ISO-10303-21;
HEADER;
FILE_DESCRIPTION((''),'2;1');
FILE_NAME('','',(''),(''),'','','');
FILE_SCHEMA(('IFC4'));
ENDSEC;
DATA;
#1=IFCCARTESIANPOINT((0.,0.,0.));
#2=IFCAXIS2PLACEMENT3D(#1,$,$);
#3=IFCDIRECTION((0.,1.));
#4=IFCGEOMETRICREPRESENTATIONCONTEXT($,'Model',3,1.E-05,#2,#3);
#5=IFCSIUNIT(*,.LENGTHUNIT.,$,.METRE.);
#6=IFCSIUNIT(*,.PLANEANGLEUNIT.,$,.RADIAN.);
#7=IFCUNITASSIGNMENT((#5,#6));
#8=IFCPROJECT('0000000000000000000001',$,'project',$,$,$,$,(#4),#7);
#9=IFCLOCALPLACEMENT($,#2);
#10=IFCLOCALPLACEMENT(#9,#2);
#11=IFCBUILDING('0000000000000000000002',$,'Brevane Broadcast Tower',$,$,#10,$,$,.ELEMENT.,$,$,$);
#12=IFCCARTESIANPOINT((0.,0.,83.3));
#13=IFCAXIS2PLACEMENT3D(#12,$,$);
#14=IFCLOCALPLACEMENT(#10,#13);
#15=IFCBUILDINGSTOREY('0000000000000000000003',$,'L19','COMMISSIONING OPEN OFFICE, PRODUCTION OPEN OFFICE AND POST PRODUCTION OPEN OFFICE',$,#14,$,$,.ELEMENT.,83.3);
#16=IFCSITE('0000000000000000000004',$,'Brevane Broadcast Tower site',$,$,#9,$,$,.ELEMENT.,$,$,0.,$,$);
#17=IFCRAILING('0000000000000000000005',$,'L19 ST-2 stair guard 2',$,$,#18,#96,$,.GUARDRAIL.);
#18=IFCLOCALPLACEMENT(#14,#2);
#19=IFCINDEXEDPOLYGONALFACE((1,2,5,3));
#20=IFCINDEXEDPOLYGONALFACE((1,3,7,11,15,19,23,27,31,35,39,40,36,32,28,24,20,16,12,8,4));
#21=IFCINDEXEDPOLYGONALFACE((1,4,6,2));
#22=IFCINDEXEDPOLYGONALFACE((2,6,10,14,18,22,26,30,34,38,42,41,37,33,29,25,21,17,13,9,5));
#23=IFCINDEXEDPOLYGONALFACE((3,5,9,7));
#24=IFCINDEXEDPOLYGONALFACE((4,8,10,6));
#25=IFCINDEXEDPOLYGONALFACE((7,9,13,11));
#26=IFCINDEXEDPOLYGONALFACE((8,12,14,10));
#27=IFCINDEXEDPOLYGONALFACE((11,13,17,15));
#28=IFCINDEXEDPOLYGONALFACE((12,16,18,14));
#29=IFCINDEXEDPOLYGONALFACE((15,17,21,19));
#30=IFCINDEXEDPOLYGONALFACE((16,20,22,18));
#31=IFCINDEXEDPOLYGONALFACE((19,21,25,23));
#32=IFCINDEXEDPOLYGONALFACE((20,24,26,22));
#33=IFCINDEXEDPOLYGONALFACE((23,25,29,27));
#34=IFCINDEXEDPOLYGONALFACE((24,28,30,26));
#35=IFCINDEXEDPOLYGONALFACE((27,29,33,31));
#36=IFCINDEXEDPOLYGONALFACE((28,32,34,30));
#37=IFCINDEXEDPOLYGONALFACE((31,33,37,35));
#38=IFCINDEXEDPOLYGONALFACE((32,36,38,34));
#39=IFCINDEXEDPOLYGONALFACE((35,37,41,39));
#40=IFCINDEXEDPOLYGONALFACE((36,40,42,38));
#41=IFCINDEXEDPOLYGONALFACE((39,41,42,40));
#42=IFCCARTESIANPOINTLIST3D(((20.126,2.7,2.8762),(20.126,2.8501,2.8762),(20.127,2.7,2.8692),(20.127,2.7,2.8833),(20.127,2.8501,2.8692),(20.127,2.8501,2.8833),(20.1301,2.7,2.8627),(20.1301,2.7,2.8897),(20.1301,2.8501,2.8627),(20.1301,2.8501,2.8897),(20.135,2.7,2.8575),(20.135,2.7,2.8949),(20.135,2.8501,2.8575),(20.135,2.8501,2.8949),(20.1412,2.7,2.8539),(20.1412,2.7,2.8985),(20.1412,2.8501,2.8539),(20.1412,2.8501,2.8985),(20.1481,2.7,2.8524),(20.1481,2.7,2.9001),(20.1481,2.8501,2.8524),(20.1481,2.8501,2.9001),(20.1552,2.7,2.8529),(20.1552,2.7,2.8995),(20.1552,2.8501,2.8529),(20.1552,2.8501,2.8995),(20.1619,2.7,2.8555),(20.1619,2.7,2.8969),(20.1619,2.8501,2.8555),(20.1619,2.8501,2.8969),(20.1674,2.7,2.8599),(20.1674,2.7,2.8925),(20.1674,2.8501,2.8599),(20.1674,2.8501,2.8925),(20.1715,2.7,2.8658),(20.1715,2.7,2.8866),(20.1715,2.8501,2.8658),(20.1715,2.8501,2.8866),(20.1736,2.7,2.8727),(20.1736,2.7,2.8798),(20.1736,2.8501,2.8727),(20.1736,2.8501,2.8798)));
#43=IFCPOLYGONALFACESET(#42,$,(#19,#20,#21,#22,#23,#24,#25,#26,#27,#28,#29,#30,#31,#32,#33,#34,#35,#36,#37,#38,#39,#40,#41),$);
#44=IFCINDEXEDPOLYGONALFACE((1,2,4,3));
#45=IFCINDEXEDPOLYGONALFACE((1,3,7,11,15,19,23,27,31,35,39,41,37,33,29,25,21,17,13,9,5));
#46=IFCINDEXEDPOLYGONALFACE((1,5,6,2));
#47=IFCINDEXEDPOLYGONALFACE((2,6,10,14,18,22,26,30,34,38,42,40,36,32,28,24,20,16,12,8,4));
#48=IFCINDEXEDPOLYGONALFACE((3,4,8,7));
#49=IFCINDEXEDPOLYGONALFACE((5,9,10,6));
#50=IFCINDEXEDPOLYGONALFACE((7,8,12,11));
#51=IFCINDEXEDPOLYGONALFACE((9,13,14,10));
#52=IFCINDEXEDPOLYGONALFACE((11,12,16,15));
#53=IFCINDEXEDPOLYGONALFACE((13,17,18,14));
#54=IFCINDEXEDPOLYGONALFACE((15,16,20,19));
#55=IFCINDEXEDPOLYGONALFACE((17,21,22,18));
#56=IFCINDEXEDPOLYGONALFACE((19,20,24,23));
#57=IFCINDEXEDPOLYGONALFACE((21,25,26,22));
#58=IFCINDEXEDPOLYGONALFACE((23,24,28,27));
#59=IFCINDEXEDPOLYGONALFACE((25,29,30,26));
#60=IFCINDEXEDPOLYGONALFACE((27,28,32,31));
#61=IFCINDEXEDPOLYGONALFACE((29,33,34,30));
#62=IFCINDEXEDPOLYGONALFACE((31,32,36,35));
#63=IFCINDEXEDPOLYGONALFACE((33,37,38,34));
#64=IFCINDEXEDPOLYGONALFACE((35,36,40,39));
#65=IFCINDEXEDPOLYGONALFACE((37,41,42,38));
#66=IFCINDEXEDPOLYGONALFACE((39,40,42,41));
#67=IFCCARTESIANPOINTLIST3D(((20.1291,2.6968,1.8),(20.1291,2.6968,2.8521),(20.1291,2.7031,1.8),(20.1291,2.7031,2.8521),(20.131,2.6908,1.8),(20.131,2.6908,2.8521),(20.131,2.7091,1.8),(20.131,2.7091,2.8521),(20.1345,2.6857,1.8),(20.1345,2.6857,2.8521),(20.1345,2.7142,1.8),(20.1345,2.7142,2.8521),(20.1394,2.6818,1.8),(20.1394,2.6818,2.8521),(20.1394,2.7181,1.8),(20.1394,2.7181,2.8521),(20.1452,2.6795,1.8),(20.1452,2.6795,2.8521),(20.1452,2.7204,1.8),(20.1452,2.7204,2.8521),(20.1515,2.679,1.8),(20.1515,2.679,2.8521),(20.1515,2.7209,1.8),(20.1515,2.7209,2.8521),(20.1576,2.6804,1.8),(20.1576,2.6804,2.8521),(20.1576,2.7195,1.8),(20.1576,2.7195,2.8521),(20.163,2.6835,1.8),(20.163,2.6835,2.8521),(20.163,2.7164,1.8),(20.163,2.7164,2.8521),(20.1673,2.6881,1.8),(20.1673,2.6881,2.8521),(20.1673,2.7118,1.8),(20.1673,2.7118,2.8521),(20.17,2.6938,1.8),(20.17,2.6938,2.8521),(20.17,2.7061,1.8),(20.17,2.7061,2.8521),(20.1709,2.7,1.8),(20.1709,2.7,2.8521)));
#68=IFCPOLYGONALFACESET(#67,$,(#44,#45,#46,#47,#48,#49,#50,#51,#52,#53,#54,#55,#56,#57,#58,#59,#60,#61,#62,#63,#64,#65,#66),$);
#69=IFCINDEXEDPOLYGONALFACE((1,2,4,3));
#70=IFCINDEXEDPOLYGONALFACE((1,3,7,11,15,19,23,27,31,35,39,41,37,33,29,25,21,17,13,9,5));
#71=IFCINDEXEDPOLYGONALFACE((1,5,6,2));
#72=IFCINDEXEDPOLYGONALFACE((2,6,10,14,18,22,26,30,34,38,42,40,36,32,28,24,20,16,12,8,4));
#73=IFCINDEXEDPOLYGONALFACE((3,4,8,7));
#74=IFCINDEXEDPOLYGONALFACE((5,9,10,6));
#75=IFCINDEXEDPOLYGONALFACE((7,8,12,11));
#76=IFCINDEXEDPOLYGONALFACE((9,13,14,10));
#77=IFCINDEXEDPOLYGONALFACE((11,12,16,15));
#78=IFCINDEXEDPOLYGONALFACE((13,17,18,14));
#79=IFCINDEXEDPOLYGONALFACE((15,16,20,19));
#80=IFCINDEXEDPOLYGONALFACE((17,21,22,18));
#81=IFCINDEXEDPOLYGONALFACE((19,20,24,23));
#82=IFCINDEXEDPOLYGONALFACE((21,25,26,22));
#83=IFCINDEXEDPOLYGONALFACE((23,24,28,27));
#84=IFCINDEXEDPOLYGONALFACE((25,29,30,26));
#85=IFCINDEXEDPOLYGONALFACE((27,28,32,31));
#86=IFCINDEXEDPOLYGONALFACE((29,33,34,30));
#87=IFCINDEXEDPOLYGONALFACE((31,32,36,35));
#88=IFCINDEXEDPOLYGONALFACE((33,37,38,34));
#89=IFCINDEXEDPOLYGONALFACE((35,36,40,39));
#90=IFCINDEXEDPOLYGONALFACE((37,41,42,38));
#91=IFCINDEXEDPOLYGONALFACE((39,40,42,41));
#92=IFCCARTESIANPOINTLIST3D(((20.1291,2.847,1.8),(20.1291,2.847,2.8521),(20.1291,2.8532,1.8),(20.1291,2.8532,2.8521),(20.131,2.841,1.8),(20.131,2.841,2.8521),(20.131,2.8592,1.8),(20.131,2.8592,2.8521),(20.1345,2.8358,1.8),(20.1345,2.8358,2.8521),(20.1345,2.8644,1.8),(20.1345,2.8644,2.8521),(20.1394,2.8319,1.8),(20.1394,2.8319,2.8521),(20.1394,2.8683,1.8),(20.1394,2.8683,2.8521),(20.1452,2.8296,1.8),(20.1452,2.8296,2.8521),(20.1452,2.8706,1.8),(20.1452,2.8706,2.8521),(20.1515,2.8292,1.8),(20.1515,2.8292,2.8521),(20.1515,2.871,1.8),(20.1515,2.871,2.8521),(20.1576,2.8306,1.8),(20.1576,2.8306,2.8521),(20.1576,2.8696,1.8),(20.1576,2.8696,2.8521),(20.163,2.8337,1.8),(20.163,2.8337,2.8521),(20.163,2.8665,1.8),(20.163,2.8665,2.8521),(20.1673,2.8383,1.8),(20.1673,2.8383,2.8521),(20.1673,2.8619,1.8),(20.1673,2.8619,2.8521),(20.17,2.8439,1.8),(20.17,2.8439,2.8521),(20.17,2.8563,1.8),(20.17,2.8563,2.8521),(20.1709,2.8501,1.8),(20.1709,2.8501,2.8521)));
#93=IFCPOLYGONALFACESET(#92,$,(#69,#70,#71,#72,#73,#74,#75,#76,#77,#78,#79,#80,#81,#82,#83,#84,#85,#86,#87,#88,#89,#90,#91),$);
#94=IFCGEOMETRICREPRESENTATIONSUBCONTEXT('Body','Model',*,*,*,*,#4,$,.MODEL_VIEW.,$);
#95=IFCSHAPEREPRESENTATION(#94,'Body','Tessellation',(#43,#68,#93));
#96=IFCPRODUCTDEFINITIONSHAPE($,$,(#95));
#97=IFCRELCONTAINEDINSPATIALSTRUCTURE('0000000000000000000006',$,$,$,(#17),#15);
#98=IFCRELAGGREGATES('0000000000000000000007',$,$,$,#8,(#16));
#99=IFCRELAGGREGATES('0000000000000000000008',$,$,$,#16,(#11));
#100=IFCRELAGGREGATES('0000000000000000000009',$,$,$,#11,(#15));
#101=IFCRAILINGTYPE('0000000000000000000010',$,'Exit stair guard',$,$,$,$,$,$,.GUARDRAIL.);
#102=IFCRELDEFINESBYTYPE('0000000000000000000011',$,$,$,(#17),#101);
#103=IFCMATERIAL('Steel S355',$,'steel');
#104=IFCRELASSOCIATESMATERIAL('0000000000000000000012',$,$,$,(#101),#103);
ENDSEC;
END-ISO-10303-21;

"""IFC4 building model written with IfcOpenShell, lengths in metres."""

from ifc_helpers import new_model, si_unit, direction, frame, origin, origin_2d, place, context, subcontext, project, spatial, circle, extrude, material, type_object, element, save


model = new_model("IFC4")

# Units and contexts
model_context = context("Model", 3, precision=1e-05, world=origin(), true_north=direction((0.0, 1.0)))
body_context = subcontext(model_context, "Body", "Model", "MODEL_VIEW")
ifc_project = project(units=[si_unit("LENGTHUNIT", "METRE"), si_unit("PLANEANGLEUNIT", "RADIAN")], contexts=[model_context])

# Site, building, storey
site_placement = place(None, origin())
site = spatial("IfcSite", under=ifc_project, at=site_placement, Name="Brevane Broadcast Tower site", CompositionType="ELEMENT", RefElevation=0.0)
building_placement = place(site_placement, origin())
building = spatial("IfcBuilding", under=site, at=building_placement, Name="Brevane Broadcast Tower", CompositionType="ELEMENT")
storey_placement = place(building_placement, frame((0.0, 0.0, 83.3)))
storey = spatial("IfcBuildingStorey", under=building, at=storey_placement, Name="L19", Description="COMMISSIONING OPEN OFFICE, PRODUCTION OPEN OFFICE AND POST PRODUCTION OPEN OFFICE", CompositionType="ELEMENT", Elevation=83.3)

# Railing
ifc_material_1 = material(Name="Steel S355", Category="steel")
railing_type_1 = type_object("IfcRailingType", Name="Exit stair guard", PredefinedType="GUARDRAIL", material=ifc_material_1)
railing_1_placement = place(storey_placement, frame((20.1499, 2.7, 1.8)))
element("IfcRailing", 1, at=railing_1_placement, inside=storey, type_object=railing_type_1, Name="L19 ST-2 stair guard 2", PredefinedType="GUARDRAIL", context=body_context, shape_type="SweptSolid", body=[
    extrude(circle(Radius=0.0239, at=origin_2d()), frame((0.0, 0.0, 1.0762), z_axis=(0.0, 1.0, 0.0), x_axis=(-1.0, 0.0, 0.0)), (0.0, 0.0, 1.0), 0.1501),
    extrude(circle(Radius=0.021, at=origin_2d()), origin(), (0.0, 0.0, 1.0), 1.052),
    extrude(circle(Radius=0.021, at=origin_2d()), frame((0.0, 0.1501, 0.0)), (0.0, 0.0, 1.0), 1.052),
])

save(model, "model.ifc")
